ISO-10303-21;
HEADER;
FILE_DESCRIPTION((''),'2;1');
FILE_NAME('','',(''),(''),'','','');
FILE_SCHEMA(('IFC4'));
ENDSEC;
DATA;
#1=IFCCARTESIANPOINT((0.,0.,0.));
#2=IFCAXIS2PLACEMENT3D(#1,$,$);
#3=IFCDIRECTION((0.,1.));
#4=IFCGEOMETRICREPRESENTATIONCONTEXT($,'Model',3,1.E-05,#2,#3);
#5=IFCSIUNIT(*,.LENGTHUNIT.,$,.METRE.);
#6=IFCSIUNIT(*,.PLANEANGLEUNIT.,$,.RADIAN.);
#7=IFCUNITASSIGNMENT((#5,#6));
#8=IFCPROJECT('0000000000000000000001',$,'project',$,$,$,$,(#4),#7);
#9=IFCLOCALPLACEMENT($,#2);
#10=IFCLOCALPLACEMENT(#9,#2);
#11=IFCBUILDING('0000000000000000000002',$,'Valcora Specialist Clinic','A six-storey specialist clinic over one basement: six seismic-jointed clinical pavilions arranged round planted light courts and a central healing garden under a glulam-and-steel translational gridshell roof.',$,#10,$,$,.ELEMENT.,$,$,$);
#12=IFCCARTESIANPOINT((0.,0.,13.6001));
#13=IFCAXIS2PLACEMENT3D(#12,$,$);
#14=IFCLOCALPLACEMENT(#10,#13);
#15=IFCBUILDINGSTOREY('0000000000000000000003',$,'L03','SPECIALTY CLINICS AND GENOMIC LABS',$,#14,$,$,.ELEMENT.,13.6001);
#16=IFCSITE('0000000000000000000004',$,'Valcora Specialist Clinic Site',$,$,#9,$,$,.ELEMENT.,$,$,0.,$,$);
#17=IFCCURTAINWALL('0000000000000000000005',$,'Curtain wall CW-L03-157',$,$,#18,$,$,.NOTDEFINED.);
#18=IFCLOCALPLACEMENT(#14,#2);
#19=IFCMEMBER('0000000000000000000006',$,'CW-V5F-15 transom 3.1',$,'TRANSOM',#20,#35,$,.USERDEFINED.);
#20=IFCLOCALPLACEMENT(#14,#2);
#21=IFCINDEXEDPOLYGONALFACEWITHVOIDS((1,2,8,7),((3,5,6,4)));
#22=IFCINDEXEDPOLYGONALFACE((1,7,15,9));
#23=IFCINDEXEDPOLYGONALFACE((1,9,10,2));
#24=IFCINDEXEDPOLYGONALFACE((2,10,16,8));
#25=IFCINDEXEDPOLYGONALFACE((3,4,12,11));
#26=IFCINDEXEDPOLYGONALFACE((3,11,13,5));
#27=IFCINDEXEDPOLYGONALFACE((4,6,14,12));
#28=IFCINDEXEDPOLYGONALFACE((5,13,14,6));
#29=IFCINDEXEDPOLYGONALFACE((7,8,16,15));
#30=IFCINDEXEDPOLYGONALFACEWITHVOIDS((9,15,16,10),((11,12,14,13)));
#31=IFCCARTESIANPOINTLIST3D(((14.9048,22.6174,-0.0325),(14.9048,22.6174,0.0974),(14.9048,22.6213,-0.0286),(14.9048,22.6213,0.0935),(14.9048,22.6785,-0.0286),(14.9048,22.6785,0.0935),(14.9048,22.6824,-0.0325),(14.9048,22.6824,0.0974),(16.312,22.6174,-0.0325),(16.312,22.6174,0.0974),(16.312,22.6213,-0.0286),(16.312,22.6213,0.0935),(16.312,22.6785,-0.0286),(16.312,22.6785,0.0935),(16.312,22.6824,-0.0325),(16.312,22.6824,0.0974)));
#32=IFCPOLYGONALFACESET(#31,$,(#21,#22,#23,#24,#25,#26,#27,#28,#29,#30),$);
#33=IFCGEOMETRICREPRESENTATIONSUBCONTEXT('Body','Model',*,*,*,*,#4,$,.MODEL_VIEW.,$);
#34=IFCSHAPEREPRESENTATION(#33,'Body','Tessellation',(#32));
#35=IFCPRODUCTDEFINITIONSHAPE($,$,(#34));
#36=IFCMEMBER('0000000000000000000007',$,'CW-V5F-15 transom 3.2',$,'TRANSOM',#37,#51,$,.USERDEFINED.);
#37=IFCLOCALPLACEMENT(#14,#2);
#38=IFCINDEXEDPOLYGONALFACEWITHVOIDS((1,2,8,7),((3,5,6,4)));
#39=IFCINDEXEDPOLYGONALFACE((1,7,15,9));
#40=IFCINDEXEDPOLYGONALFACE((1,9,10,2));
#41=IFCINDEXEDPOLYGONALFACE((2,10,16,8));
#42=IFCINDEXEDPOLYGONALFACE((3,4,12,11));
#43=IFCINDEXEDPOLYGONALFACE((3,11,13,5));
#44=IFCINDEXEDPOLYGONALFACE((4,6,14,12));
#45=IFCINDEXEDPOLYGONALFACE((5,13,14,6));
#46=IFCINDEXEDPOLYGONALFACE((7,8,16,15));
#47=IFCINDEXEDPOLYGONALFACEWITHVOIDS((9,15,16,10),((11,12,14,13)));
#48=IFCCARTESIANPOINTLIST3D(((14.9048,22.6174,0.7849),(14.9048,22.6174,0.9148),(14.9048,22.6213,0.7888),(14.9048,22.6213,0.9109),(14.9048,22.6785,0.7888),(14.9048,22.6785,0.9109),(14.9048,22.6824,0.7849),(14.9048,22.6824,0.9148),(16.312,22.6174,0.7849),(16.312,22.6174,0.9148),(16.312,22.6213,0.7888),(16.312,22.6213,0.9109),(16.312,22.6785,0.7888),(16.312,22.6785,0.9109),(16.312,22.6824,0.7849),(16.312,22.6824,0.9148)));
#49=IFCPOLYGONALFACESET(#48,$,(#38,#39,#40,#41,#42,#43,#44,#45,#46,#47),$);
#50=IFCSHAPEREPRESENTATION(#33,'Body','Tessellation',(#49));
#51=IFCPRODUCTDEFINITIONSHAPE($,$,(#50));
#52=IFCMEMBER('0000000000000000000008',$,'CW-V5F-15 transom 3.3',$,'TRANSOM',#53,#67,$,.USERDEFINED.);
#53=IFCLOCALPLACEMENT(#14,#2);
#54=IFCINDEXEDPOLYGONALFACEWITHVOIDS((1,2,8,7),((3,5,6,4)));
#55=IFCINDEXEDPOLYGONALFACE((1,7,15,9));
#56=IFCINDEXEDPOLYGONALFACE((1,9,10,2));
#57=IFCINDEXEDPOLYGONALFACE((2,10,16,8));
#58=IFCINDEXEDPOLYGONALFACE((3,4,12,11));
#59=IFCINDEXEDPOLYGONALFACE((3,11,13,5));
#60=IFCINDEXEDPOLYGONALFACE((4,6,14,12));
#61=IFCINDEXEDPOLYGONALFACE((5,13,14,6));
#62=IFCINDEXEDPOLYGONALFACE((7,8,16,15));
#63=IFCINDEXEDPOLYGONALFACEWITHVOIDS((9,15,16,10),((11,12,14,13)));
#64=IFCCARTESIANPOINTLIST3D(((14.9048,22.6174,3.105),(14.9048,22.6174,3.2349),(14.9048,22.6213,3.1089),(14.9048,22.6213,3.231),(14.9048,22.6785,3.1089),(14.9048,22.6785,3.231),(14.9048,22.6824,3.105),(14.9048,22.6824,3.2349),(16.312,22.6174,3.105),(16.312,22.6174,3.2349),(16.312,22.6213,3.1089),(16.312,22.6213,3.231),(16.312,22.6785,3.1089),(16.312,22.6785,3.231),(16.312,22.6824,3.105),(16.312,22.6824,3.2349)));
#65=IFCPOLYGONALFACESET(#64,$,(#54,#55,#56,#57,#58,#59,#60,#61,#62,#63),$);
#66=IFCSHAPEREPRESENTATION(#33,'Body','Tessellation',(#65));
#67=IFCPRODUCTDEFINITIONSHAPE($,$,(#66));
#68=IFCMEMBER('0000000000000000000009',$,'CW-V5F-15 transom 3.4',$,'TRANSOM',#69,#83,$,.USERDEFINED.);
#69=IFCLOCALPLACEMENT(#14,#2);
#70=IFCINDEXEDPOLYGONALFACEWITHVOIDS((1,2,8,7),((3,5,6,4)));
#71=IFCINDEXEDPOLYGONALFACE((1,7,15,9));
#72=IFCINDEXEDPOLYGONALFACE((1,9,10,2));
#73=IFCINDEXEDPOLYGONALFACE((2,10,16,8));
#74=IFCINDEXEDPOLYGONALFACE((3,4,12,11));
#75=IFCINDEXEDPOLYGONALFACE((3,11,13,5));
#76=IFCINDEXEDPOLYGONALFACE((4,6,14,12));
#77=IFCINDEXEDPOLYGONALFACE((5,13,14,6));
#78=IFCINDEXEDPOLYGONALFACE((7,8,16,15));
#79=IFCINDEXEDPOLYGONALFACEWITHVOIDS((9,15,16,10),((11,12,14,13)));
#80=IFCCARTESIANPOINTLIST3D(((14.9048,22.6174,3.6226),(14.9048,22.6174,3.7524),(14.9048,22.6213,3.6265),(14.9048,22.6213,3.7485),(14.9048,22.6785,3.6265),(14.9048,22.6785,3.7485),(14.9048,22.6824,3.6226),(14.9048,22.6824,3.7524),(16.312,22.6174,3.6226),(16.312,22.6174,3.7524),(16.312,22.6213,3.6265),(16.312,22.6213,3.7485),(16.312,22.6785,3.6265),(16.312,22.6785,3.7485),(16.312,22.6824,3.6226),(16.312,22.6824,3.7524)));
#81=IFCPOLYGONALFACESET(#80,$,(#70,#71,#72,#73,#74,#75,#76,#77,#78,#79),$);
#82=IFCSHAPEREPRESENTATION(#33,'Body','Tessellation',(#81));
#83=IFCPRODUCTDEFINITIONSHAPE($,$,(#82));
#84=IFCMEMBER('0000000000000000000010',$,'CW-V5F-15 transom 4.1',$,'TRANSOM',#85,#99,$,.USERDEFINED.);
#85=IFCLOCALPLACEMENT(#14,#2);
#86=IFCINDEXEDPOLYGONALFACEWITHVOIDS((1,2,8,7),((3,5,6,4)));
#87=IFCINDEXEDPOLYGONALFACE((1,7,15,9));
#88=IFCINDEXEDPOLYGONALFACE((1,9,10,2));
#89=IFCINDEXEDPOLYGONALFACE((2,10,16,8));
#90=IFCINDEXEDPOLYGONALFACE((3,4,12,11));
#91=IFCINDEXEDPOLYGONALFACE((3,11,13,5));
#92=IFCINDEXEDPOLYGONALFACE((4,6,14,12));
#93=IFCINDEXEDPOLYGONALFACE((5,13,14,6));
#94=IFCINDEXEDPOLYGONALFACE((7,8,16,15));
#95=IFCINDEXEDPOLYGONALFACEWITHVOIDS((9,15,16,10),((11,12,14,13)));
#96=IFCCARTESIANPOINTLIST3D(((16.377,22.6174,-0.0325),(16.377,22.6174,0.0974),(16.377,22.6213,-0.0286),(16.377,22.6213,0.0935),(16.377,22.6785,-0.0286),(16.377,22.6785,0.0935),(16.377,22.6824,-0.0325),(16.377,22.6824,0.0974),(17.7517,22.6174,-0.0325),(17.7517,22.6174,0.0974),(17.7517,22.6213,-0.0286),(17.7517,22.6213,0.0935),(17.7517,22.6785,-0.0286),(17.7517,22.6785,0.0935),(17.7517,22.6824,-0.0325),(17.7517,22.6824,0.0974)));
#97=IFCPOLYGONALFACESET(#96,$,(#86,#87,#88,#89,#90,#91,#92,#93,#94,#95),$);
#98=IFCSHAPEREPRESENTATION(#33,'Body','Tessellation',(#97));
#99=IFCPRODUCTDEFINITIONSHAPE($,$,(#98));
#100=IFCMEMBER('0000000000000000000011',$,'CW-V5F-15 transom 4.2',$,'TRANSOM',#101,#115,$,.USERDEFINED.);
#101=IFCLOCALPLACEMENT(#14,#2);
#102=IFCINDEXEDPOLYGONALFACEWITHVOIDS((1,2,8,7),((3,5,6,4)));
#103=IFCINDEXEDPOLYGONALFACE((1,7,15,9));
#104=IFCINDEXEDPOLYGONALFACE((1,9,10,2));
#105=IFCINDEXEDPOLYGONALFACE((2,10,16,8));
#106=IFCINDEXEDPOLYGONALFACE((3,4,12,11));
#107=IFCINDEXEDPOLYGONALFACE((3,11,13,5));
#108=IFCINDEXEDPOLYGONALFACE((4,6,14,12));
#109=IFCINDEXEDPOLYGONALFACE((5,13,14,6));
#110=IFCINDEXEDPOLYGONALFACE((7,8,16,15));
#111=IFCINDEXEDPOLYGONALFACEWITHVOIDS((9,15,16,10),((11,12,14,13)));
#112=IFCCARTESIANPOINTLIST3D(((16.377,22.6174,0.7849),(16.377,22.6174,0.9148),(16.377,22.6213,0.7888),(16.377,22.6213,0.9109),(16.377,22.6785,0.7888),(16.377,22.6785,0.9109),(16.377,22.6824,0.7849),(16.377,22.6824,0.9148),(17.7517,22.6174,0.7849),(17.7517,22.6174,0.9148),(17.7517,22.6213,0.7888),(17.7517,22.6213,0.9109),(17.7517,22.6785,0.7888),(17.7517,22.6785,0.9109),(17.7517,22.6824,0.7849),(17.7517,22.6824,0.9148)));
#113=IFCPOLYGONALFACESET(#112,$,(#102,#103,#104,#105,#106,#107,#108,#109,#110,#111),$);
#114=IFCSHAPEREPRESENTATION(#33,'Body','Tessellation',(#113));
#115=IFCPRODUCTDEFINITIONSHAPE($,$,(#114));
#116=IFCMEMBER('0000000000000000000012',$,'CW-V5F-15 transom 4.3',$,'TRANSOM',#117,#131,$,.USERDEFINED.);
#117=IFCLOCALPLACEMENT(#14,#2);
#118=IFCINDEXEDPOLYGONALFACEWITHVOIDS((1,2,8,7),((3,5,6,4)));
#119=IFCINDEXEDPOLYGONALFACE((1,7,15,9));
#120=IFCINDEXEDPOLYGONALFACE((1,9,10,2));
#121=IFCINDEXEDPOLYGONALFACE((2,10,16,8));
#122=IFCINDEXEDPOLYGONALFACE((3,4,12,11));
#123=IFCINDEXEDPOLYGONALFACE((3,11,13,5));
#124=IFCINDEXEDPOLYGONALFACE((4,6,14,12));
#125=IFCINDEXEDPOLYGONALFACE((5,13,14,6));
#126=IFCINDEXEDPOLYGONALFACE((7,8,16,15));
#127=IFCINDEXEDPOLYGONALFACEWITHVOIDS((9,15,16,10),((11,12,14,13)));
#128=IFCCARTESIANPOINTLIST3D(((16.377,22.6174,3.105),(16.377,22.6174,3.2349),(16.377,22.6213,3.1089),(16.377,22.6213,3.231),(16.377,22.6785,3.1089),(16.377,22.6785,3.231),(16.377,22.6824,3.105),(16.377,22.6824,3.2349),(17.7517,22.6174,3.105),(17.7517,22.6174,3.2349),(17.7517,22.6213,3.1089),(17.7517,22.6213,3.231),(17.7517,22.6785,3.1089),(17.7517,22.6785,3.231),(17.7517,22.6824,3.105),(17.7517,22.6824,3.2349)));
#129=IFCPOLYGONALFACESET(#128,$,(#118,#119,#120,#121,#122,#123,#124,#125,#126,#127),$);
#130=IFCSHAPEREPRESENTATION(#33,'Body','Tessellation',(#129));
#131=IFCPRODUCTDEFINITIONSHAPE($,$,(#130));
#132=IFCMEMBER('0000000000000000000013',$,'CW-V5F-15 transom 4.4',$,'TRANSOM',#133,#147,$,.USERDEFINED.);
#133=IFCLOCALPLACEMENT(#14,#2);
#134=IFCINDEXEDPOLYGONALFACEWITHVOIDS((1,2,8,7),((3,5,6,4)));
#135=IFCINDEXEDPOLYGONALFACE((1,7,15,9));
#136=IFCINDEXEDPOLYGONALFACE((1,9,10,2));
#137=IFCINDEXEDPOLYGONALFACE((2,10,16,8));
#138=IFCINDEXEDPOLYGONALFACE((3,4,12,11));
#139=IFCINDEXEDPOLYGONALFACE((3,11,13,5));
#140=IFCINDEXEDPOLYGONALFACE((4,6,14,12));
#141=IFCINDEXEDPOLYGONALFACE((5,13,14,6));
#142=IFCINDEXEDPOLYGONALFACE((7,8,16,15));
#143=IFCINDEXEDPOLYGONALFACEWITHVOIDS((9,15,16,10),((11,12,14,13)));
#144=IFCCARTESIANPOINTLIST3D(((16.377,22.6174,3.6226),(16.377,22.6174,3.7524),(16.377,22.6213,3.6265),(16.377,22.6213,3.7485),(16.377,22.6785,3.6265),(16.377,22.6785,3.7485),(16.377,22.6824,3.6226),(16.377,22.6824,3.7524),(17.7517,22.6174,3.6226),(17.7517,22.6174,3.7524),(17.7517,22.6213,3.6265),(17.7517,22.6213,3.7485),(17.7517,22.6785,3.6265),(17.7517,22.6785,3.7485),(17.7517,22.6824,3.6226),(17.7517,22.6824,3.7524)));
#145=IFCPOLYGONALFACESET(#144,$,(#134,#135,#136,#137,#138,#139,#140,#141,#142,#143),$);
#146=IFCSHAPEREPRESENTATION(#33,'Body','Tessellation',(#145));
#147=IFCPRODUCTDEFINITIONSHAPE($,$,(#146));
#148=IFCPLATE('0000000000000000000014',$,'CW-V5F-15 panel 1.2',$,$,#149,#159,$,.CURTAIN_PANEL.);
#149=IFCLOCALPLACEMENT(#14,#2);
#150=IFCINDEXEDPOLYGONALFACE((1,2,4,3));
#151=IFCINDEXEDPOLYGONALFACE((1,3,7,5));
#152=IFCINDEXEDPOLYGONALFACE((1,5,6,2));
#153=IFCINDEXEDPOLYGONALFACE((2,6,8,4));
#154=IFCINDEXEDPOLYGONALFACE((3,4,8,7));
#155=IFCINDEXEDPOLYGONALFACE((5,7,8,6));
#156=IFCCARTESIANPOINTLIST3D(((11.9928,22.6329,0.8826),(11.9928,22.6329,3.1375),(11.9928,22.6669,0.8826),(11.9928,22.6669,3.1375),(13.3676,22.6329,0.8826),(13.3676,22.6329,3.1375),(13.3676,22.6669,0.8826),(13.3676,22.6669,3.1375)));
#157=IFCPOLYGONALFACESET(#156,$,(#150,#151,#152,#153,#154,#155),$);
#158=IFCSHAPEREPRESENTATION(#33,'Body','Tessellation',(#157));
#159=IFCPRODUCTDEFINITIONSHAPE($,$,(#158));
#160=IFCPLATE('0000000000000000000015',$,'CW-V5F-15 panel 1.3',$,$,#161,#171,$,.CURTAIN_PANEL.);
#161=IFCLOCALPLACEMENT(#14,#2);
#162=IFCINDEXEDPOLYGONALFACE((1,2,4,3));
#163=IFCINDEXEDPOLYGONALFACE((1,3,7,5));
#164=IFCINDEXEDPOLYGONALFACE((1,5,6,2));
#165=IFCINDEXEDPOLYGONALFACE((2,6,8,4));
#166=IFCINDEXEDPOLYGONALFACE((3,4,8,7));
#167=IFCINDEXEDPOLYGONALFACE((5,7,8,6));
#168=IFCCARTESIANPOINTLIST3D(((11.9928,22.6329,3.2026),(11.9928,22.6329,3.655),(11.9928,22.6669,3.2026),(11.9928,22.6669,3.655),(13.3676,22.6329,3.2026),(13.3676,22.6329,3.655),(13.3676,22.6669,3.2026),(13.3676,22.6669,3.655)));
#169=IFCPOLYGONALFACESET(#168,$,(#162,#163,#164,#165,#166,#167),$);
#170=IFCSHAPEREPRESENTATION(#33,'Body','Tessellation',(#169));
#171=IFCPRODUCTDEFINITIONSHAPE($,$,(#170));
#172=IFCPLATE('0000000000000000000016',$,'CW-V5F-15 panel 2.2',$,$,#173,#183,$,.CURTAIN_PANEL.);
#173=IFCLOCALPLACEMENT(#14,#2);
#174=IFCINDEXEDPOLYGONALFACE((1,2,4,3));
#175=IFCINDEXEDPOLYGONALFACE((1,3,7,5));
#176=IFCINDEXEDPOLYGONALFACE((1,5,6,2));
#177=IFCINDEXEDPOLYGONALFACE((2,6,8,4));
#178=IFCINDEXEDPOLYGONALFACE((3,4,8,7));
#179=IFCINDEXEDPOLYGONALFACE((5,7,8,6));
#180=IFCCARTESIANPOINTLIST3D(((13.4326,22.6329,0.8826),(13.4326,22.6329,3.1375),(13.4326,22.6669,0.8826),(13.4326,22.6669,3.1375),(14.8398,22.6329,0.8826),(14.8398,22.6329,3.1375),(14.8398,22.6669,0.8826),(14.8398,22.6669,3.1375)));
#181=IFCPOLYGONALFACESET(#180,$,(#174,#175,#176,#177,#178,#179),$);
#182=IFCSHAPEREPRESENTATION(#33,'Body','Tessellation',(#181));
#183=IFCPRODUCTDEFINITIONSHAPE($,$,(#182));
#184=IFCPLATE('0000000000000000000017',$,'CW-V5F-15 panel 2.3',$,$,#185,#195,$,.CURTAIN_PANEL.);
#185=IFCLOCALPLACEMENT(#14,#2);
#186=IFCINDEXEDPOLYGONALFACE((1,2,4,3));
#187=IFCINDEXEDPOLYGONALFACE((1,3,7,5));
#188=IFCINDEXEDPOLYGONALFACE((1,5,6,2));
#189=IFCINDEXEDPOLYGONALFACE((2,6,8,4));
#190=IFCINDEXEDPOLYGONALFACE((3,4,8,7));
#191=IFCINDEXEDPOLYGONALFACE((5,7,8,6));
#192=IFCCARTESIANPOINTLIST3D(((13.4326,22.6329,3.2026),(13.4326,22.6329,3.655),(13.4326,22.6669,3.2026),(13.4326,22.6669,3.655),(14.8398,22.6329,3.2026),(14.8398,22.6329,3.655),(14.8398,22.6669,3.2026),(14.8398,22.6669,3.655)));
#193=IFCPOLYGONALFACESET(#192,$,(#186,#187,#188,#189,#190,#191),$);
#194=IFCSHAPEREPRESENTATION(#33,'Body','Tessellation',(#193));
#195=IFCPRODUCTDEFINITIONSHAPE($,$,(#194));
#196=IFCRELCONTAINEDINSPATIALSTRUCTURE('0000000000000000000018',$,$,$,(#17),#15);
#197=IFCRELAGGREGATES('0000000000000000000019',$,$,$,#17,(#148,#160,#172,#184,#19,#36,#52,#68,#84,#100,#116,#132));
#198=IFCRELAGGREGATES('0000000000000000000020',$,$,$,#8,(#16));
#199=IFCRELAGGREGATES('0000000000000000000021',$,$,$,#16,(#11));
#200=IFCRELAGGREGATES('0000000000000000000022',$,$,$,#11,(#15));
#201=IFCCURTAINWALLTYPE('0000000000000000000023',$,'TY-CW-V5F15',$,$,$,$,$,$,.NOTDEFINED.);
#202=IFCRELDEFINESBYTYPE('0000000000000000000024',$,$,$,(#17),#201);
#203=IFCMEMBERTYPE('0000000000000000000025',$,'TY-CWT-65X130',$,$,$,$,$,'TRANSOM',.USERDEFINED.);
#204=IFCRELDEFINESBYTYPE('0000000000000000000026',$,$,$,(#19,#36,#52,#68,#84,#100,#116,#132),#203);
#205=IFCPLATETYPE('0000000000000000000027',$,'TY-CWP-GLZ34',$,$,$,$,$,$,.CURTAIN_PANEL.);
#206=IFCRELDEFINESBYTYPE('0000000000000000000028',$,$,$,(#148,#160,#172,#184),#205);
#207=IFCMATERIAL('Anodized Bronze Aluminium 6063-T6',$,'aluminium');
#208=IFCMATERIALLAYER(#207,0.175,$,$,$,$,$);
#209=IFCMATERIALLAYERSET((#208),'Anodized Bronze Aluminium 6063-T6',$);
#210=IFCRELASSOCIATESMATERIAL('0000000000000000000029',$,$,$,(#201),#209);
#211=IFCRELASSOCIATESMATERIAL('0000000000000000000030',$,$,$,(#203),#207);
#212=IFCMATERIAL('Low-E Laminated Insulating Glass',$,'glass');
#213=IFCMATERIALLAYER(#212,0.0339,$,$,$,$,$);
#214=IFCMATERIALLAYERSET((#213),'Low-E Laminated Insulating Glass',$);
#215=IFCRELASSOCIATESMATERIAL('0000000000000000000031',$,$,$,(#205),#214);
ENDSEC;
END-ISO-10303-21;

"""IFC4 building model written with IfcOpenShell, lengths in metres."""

from ifc_helpers import new_model, si_unit, direction, frame, origin, origin_2d, place, context, subcontext, project, spatial, rectangle, hollow_rectangle, extrude, material, layer, layer_set, material_profile, profile_set, type_object, element, aggregate, save


model = new_model("IFC4")

# Units and contexts
model_context = context("Model", 3, precision=1e-05, world=origin(), true_north=direction((0.0, 1.0)))
body_context = subcontext(model_context, "Body", "Model", "MODEL_VIEW")
ifc_project = project(units=[si_unit("LENGTHUNIT", "METRE"), si_unit("PLANEANGLEUNIT", "RADIAN")], contexts=[model_context])

# Site, building, storey
site_placement = place(None, origin())
site = spatial("IfcSite", under=ifc_project, at=site_placement, Name="Valcora Specialist Clinic Site", CompositionType="ELEMENT", RefElevation=0.0)
building_placement = place(site_placement, origin())
building = spatial("IfcBuilding", under=site, at=building_placement, Name="Valcora Specialist Clinic", Description="A six-storey specialist clinic over one basement: six seismic-jointed clinical pavilions arranged round planted light courts and a central healing garden under a glulam-and-steel translational gridshell roof.", CompositionType="ELEMENT")
storey_placement = place(building_placement, frame((0.0, 0.0, 13.6001)))
storey = spatial("IfcBuildingStorey", under=building, at=storey_placement, Name="L03", Description="SPECIALTY CLINICS AND GENOMIC LABS", CompositionType="ELEMENT", Elevation=13.6001)

# Curtain wall, members, plates
ifc_material_1 = material(Name="Anodized Bronze Aluminium 6063-T6", Category="aluminium")
ifc_layer_1 = layer(ifc_material_1, 0.175)
ifc_layer_set_1 = layer_set([ifc_layer_1], Name="Anodized Bronze Aluminium 6063-T6")
curtain_wall_type = type_object("IfcCurtainWallType", Name="TY-CW-V5F15", PredefinedType="NOTDEFINED", material=ifc_layer_set_1)
curtain_wall_placement = place(storey_placement, origin())
curtain_wall = element("IfcCurtainWall", 1, at=curtain_wall_placement, inside=storey, type_object=curtain_wall_type, Name="Curtain wall CW-L03-157", PredefinedType="NOTDEFINED")
ifc_material_profile_1 = material_profile(ifc_material_1, hollow_rectangle(XDim=0.0649, YDim=0.1299, WallThickness=0.0039, at=origin_2d()), Name="AL-TRN-65X130")
ifc_profile_set_1 = profile_set([ifc_material_profile_1], Name="Anodized Bronze Aluminium 6063-T6")
member_type_1 = type_object("IfcMemberType", Name="TY-CWT-65X130", ElementType="TRANSOM", PredefinedType="USERDEFINED", material=ifc_profile_set_1)
member_1_placement = place(storey_placement, frame((14.9048, 22.6499, 0.0325), z_axis=(1.0, 0.0, 0.0), x_axis=(0.0, 1.0, 0.0)))
member_1 = element("IfcMember", 2, at=member_1_placement, type_object=member_type_1, Name="CW-V5F-15 transom 3.1", ObjectType="TRANSOM", PredefinedType="USERDEFINED", context=body_context, shape_type="SweptSolid", body=[
    extrude(hollow_rectangle(XDim=0.0649, YDim=0.1299, WallThickness=0.0039, at=origin_2d()), origin(), (0.0, 0.0, 1.0), 1.4072),
])
member_2_placement = place(storey_placement, frame((14.9048, 22.6499, 0.8499), z_axis=(1.0, 0.0, 0.0), x_axis=(0.0, 1.0, 0.0)))
member_2 = element("IfcMember", 3, at=member_2_placement, type_object=member_type_1, Name="CW-V5F-15 transom 3.2", ObjectType="TRANSOM", PredefinedType="USERDEFINED", context=body_context, shape_type="SweptSolid", body=[
    extrude(hollow_rectangle(XDim=0.0649, YDim=0.1299, WallThickness=0.0039, at=origin_2d()), origin(), (0.0, 0.0, 1.0), 1.4072),
])
member_3_placement = place(storey_placement, frame((14.9048, 22.6499, 3.1699), z_axis=(1.0, 0.0, 0.0), x_axis=(0.0, 1.0, 0.0)))
member_3 = element("IfcMember", 4, at=member_3_placement, type_object=member_type_1, Name="CW-V5F-15 transom 3.3", ObjectType="TRANSOM", PredefinedType="USERDEFINED", context=body_context, shape_type="SweptSolid", body=[
    extrude(hollow_rectangle(XDim=0.0649, YDim=0.1299, WallThickness=0.0039, at=origin_2d()), origin(), (0.0, 0.0, 1.0), 1.4072),
])
member_4_placement = place(storey_placement, frame((14.9048, 22.6499, 3.6875), z_axis=(1.0, 0.0, 0.0), x_axis=(0.0, 1.0, 0.0)))
member_4 = element("IfcMember", 5, at=member_4_placement, type_object=member_type_1, Name="CW-V5F-15 transom 3.4", ObjectType="TRANSOM", PredefinedType="USERDEFINED", context=body_context, shape_type="SweptSolid", body=[
    extrude(hollow_rectangle(XDim=0.0649, YDim=0.1299, WallThickness=0.0039, at=origin_2d()), origin(), (0.0, 0.0, 1.0), 1.4072),
])
member_5_placement = place(storey_placement, frame((16.377, 22.6499, 0.0325), z_axis=(1.0, 0.0, 0.0), x_axis=(0.0, 1.0, 0.0)))
member_5 = element("IfcMember", 6, at=member_5_placement, type_object=member_type_1, Name="CW-V5F-15 transom 4.1", ObjectType="TRANSOM", PredefinedType="USERDEFINED", context=body_context, shape_type="SweptSolid", body=[
    extrude(hollow_rectangle(XDim=0.0649, YDim=0.1299, WallThickness=0.0039, at=origin_2d()), origin(), (0.0, 0.0, 1.0), 1.3748),
])
member_6_placement = place(storey_placement, frame((16.377, 22.6499, 0.8499), z_axis=(1.0, 0.0, 0.0), x_axis=(0.0, 1.0, 0.0)))
member_6 = element("IfcMember", 7, at=member_6_placement, type_object=member_type_1, Name="CW-V5F-15 transom 4.2", ObjectType="TRANSOM", PredefinedType="USERDEFINED", context=body_context, shape_type="SweptSolid", body=[
    extrude(hollow_rectangle(XDim=0.0649, YDim=0.1299, WallThickness=0.0039, at=origin_2d()), origin(), (0.0, 0.0, 1.0), 1.3748),
])
member_7_placement = place(storey_placement, frame((16.377, 22.6499, 3.1699), z_axis=(1.0, 0.0, 0.0), x_axis=(0.0, 1.0, 0.0)))
member_7 = element("IfcMember", 8, at=member_7_placement, type_object=member_type_1, Name="CW-V5F-15 transom 4.3", ObjectType="TRANSOM", PredefinedType="USERDEFINED", context=body_context, shape_type="SweptSolid", body=[
    extrude(hollow_rectangle(XDim=0.0649, YDim=0.1299, WallThickness=0.0039, at=origin_2d()), origin(), (0.0, 0.0, 1.0), 1.3748),
])
member_8_placement = place(storey_placement, frame((16.377, 22.6499, 3.6875), z_axis=(1.0, 0.0, 0.0), x_axis=(0.0, 1.0, 0.0)))
member_8 = element("IfcMember", 9, at=member_8_placement, type_object=member_type_1, Name="CW-V5F-15 transom 4.4", ObjectType="TRANSOM", PredefinedType="USERDEFINED", context=body_context, shape_type="SweptSolid", body=[
    extrude(hollow_rectangle(XDim=0.0649, YDim=0.1299, WallThickness=0.0039, at=origin_2d()), origin(), (0.0, 0.0, 1.0), 1.3748),
])
ifc_material_2 = material(Name="Low-E Laminated Insulating Glass", Category="glass")
ifc_layer_2 = layer(ifc_material_2, 0.0339)
ifc_layer_set_2 = layer_set([ifc_layer_2], Name="Low-E Laminated Insulating Glass")
plate_type_1 = type_object("IfcPlateType", Name="TY-CWP-GLZ34", PredefinedType="CURTAIN_PANEL", material=ifc_layer_set_2)
plate_1_placement = place(storey_placement, frame((12.6802, 22.6499, 0.8826), z_axis=(0.0, 0.0, 1.0), x_axis=(1.0, 0.0, 0.0)))
plate_1 = element("IfcPlate", 10, at=plate_1_placement, type_object=plate_type_1, Name="CW-V5F-15 panel 1.2", PredefinedType="CURTAIN_PANEL", context=body_context, shape_type="SweptSolid", body=[
    extrude(rectangle(XDim=1.3748, YDim=0.0339, at=origin_2d()), origin(), (0.0, 0.0, 1.0), 2.2549),
])
plate_2_placement = place(storey_placement, frame((12.6802, 22.6499, 3.2026), z_axis=(0.0, 0.0, 1.0), x_axis=(1.0, 0.0, 0.0)))
plate_2 = element("IfcPlate", 11, at=plate_2_placement, type_object=plate_type_1, Name="CW-V5F-15 panel 1.3", PredefinedType="CURTAIN_PANEL", context=body_context, shape_type="SweptSolid", body=[
    extrude(rectangle(XDim=1.3748, YDim=0.0339, at=origin_2d()), origin(), (0.0, 0.0, 1.0), 0.4524),
])
plate_3_placement = place(storey_placement, frame((14.1362, 22.6499, 0.8826), z_axis=(0.0, 0.0, 1.0), x_axis=(1.0, 0.0, 0.0)))
plate_3 = element("IfcPlate", 12, at=plate_3_placement, type_object=plate_type_1, Name="CW-V5F-15 panel 2.2", PredefinedType="CURTAIN_PANEL", context=body_context, shape_type="SweptSolid", body=[
    extrude(rectangle(XDim=1.4072, YDim=0.0339, at=origin_2d()), origin(), (0.0, 0.0, 1.0), 2.2549),
])
plate_4_placement = place(storey_placement, frame((14.1362, 22.6499, 3.2026), z_axis=(0.0, 0.0, 1.0), x_axis=(1.0, 0.0, 0.0)))
plate_4 = element("IfcPlate", 13, at=plate_4_placement, type_object=plate_type_1, Name="CW-V5F-15 panel 2.3", PredefinedType="CURTAIN_PANEL", context=body_context, shape_type="SweptSolid", body=[
    extrude(rectangle(XDim=1.4072, YDim=0.0339, at=origin_2d()), origin(), (0.0, 0.0, 1.0), 0.4524),
])
aggregate(curtain_wall, [plate_1, plate_2, plate_3, plate_4, member_1, member_2, member_3, member_4, member_5, member_6, member_7, member_8])

save(model, "model.ifc")
